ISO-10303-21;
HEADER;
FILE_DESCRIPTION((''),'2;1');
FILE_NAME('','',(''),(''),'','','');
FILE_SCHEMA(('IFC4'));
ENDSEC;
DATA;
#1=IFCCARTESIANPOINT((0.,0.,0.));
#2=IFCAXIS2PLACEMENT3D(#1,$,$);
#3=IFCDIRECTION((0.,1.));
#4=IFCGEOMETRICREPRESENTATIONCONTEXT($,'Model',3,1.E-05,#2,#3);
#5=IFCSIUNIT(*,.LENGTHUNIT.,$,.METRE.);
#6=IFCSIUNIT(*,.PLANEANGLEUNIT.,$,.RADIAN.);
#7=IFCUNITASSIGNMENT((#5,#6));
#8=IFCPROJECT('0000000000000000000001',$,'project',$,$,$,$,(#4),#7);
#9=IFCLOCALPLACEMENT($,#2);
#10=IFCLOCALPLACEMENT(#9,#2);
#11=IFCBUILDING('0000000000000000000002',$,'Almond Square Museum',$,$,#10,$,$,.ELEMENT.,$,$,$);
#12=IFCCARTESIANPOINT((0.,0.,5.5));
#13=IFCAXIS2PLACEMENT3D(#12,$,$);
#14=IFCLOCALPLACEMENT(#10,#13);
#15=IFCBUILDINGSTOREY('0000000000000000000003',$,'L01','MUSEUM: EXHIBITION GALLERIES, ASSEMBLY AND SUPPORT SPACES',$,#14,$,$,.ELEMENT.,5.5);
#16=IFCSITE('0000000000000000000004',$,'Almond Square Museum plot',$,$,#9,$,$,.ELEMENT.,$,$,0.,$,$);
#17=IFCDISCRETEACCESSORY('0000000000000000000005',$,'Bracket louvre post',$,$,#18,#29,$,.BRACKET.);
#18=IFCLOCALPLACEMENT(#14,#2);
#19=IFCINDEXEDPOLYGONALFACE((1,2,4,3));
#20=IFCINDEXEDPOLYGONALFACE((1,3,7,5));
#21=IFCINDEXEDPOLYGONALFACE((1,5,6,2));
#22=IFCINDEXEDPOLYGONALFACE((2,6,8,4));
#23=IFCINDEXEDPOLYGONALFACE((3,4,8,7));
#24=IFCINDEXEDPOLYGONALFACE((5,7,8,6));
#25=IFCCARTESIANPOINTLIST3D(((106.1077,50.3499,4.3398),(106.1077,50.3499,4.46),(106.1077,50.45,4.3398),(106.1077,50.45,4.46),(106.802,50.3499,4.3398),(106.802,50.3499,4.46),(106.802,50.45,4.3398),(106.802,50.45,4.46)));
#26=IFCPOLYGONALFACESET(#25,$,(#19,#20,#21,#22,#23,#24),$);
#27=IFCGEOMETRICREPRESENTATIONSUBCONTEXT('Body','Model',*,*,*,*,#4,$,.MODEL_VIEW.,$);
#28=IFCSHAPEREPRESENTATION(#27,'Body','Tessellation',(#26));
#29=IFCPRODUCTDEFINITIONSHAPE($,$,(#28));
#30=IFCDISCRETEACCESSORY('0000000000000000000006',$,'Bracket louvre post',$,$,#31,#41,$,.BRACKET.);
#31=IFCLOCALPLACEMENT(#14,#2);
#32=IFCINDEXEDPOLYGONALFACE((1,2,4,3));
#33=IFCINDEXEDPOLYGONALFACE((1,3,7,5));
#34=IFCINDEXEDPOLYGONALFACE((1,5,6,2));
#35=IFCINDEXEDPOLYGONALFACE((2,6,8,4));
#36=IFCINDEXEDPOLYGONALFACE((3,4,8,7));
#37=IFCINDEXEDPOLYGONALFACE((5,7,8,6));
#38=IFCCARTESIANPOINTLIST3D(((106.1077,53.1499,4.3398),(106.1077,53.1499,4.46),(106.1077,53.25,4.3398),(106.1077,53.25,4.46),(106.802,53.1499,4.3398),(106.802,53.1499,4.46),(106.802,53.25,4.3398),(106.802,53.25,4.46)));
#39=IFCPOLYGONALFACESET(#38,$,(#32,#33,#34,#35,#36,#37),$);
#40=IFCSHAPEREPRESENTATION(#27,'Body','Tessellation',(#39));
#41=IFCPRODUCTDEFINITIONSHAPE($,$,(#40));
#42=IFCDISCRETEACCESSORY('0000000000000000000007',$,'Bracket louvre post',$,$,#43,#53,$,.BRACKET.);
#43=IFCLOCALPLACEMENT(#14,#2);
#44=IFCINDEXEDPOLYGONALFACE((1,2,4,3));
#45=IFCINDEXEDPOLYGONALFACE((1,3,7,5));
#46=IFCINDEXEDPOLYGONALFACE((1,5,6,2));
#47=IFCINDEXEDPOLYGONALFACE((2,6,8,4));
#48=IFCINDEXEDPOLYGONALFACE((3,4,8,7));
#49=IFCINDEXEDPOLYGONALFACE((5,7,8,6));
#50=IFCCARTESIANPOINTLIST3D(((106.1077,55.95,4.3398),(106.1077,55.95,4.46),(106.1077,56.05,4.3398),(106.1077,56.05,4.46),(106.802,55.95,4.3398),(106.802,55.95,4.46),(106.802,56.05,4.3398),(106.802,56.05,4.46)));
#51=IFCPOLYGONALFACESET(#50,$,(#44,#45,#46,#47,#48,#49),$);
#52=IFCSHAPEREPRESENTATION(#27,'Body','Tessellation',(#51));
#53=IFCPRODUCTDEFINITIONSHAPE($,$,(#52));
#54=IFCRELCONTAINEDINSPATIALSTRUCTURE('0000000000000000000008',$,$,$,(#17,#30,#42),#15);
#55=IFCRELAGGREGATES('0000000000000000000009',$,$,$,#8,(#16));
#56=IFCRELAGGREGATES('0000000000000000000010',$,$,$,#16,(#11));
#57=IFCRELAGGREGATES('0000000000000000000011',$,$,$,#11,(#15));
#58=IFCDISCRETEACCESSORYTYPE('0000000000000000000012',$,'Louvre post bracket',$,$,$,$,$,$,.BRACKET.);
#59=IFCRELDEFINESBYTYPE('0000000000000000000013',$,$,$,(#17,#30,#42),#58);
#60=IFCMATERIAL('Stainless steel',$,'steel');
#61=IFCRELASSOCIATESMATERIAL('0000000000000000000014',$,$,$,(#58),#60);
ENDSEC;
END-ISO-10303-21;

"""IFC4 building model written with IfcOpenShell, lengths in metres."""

from ifc_helpers import new_model, si_unit, direction, frame, origin, origin_2d, place, context, subcontext, project, spatial, rectangle, extrude, material, type_object, element, save


model = new_model("IFC4")

# Units and contexts
model_context = context("Model", 3, precision=1e-05, world=origin(), true_north=direction((0.0, 1.0)))
body_context = subcontext(model_context, "Body", "Model", "MODEL_VIEW")
ifc_project = project(units=[si_unit("LENGTHUNIT", "METRE"), si_unit("PLANEANGLEUNIT", "RADIAN")], contexts=[model_context])

# Site, building, storey
site_placement = place(None, origin())
site = spatial("IfcSite", under=ifc_project, at=site_placement, Name="Almond Square Museum plot", CompositionType="ELEMENT", RefElevation=0.0)
building_placement = place(site_placement, origin())
building = spatial("IfcBuilding", under=site, at=building_placement, Name="Almond Square Museum", CompositionType="ELEMENT")
storey_placement = place(building_placement, frame((0.0, 0.0, 5.5)))
storey = spatial("IfcBuildingStorey", under=building, at=storey_placement, Name="L01", Description="MUSEUM: EXHIBITION GALLERIES, ASSEMBLY AND SUPPORT SPACES", CompositionType="ELEMENT", Elevation=5.5)

# Discrete accessories
ifc_material_1 = material(Name="Stainless steel", Category="steel")
discrete_accessory_type = type_object("IfcDiscreteAccessoryType", Name="Louvre post bracket", PredefinedType="BRACKET", material=ifc_material_1)
for number, where, z_axis, x_axis, name in (
    (1, (106.4548, 50.3999, 4.3398), (0.0, 0.0, 1.0), (1.0, 0.0, 0.0), "Bracket louvre post"),
    (2, (106.4548, 53.2, 4.3398), (0.0, 0.0, 1.0), (1.0, 0.0, 0.0), "Bracket louvre post"),
    (3, (106.4548, 56.0, 4.3398), (0.0, 0.0, 1.0), (1.0, 0.0, 0.0), "Bracket louvre post"),
):
    element("IfcDiscreteAccessory", number, at=place(storey_placement, frame(where, z_axis=z_axis, x_axis=x_axis)), inside=storey, type_object=discrete_accessory_type, Name=name, PredefinedType="BRACKET", context=body_context, shape_type="SweptSolid", body=[
        extrude(rectangle(XDim=0.6943, YDim=0.1001, at=origin_2d()), origin(), (0.0, 0.0, 1.0), 0.1201),
    ])

save(model, "model.ifc")
